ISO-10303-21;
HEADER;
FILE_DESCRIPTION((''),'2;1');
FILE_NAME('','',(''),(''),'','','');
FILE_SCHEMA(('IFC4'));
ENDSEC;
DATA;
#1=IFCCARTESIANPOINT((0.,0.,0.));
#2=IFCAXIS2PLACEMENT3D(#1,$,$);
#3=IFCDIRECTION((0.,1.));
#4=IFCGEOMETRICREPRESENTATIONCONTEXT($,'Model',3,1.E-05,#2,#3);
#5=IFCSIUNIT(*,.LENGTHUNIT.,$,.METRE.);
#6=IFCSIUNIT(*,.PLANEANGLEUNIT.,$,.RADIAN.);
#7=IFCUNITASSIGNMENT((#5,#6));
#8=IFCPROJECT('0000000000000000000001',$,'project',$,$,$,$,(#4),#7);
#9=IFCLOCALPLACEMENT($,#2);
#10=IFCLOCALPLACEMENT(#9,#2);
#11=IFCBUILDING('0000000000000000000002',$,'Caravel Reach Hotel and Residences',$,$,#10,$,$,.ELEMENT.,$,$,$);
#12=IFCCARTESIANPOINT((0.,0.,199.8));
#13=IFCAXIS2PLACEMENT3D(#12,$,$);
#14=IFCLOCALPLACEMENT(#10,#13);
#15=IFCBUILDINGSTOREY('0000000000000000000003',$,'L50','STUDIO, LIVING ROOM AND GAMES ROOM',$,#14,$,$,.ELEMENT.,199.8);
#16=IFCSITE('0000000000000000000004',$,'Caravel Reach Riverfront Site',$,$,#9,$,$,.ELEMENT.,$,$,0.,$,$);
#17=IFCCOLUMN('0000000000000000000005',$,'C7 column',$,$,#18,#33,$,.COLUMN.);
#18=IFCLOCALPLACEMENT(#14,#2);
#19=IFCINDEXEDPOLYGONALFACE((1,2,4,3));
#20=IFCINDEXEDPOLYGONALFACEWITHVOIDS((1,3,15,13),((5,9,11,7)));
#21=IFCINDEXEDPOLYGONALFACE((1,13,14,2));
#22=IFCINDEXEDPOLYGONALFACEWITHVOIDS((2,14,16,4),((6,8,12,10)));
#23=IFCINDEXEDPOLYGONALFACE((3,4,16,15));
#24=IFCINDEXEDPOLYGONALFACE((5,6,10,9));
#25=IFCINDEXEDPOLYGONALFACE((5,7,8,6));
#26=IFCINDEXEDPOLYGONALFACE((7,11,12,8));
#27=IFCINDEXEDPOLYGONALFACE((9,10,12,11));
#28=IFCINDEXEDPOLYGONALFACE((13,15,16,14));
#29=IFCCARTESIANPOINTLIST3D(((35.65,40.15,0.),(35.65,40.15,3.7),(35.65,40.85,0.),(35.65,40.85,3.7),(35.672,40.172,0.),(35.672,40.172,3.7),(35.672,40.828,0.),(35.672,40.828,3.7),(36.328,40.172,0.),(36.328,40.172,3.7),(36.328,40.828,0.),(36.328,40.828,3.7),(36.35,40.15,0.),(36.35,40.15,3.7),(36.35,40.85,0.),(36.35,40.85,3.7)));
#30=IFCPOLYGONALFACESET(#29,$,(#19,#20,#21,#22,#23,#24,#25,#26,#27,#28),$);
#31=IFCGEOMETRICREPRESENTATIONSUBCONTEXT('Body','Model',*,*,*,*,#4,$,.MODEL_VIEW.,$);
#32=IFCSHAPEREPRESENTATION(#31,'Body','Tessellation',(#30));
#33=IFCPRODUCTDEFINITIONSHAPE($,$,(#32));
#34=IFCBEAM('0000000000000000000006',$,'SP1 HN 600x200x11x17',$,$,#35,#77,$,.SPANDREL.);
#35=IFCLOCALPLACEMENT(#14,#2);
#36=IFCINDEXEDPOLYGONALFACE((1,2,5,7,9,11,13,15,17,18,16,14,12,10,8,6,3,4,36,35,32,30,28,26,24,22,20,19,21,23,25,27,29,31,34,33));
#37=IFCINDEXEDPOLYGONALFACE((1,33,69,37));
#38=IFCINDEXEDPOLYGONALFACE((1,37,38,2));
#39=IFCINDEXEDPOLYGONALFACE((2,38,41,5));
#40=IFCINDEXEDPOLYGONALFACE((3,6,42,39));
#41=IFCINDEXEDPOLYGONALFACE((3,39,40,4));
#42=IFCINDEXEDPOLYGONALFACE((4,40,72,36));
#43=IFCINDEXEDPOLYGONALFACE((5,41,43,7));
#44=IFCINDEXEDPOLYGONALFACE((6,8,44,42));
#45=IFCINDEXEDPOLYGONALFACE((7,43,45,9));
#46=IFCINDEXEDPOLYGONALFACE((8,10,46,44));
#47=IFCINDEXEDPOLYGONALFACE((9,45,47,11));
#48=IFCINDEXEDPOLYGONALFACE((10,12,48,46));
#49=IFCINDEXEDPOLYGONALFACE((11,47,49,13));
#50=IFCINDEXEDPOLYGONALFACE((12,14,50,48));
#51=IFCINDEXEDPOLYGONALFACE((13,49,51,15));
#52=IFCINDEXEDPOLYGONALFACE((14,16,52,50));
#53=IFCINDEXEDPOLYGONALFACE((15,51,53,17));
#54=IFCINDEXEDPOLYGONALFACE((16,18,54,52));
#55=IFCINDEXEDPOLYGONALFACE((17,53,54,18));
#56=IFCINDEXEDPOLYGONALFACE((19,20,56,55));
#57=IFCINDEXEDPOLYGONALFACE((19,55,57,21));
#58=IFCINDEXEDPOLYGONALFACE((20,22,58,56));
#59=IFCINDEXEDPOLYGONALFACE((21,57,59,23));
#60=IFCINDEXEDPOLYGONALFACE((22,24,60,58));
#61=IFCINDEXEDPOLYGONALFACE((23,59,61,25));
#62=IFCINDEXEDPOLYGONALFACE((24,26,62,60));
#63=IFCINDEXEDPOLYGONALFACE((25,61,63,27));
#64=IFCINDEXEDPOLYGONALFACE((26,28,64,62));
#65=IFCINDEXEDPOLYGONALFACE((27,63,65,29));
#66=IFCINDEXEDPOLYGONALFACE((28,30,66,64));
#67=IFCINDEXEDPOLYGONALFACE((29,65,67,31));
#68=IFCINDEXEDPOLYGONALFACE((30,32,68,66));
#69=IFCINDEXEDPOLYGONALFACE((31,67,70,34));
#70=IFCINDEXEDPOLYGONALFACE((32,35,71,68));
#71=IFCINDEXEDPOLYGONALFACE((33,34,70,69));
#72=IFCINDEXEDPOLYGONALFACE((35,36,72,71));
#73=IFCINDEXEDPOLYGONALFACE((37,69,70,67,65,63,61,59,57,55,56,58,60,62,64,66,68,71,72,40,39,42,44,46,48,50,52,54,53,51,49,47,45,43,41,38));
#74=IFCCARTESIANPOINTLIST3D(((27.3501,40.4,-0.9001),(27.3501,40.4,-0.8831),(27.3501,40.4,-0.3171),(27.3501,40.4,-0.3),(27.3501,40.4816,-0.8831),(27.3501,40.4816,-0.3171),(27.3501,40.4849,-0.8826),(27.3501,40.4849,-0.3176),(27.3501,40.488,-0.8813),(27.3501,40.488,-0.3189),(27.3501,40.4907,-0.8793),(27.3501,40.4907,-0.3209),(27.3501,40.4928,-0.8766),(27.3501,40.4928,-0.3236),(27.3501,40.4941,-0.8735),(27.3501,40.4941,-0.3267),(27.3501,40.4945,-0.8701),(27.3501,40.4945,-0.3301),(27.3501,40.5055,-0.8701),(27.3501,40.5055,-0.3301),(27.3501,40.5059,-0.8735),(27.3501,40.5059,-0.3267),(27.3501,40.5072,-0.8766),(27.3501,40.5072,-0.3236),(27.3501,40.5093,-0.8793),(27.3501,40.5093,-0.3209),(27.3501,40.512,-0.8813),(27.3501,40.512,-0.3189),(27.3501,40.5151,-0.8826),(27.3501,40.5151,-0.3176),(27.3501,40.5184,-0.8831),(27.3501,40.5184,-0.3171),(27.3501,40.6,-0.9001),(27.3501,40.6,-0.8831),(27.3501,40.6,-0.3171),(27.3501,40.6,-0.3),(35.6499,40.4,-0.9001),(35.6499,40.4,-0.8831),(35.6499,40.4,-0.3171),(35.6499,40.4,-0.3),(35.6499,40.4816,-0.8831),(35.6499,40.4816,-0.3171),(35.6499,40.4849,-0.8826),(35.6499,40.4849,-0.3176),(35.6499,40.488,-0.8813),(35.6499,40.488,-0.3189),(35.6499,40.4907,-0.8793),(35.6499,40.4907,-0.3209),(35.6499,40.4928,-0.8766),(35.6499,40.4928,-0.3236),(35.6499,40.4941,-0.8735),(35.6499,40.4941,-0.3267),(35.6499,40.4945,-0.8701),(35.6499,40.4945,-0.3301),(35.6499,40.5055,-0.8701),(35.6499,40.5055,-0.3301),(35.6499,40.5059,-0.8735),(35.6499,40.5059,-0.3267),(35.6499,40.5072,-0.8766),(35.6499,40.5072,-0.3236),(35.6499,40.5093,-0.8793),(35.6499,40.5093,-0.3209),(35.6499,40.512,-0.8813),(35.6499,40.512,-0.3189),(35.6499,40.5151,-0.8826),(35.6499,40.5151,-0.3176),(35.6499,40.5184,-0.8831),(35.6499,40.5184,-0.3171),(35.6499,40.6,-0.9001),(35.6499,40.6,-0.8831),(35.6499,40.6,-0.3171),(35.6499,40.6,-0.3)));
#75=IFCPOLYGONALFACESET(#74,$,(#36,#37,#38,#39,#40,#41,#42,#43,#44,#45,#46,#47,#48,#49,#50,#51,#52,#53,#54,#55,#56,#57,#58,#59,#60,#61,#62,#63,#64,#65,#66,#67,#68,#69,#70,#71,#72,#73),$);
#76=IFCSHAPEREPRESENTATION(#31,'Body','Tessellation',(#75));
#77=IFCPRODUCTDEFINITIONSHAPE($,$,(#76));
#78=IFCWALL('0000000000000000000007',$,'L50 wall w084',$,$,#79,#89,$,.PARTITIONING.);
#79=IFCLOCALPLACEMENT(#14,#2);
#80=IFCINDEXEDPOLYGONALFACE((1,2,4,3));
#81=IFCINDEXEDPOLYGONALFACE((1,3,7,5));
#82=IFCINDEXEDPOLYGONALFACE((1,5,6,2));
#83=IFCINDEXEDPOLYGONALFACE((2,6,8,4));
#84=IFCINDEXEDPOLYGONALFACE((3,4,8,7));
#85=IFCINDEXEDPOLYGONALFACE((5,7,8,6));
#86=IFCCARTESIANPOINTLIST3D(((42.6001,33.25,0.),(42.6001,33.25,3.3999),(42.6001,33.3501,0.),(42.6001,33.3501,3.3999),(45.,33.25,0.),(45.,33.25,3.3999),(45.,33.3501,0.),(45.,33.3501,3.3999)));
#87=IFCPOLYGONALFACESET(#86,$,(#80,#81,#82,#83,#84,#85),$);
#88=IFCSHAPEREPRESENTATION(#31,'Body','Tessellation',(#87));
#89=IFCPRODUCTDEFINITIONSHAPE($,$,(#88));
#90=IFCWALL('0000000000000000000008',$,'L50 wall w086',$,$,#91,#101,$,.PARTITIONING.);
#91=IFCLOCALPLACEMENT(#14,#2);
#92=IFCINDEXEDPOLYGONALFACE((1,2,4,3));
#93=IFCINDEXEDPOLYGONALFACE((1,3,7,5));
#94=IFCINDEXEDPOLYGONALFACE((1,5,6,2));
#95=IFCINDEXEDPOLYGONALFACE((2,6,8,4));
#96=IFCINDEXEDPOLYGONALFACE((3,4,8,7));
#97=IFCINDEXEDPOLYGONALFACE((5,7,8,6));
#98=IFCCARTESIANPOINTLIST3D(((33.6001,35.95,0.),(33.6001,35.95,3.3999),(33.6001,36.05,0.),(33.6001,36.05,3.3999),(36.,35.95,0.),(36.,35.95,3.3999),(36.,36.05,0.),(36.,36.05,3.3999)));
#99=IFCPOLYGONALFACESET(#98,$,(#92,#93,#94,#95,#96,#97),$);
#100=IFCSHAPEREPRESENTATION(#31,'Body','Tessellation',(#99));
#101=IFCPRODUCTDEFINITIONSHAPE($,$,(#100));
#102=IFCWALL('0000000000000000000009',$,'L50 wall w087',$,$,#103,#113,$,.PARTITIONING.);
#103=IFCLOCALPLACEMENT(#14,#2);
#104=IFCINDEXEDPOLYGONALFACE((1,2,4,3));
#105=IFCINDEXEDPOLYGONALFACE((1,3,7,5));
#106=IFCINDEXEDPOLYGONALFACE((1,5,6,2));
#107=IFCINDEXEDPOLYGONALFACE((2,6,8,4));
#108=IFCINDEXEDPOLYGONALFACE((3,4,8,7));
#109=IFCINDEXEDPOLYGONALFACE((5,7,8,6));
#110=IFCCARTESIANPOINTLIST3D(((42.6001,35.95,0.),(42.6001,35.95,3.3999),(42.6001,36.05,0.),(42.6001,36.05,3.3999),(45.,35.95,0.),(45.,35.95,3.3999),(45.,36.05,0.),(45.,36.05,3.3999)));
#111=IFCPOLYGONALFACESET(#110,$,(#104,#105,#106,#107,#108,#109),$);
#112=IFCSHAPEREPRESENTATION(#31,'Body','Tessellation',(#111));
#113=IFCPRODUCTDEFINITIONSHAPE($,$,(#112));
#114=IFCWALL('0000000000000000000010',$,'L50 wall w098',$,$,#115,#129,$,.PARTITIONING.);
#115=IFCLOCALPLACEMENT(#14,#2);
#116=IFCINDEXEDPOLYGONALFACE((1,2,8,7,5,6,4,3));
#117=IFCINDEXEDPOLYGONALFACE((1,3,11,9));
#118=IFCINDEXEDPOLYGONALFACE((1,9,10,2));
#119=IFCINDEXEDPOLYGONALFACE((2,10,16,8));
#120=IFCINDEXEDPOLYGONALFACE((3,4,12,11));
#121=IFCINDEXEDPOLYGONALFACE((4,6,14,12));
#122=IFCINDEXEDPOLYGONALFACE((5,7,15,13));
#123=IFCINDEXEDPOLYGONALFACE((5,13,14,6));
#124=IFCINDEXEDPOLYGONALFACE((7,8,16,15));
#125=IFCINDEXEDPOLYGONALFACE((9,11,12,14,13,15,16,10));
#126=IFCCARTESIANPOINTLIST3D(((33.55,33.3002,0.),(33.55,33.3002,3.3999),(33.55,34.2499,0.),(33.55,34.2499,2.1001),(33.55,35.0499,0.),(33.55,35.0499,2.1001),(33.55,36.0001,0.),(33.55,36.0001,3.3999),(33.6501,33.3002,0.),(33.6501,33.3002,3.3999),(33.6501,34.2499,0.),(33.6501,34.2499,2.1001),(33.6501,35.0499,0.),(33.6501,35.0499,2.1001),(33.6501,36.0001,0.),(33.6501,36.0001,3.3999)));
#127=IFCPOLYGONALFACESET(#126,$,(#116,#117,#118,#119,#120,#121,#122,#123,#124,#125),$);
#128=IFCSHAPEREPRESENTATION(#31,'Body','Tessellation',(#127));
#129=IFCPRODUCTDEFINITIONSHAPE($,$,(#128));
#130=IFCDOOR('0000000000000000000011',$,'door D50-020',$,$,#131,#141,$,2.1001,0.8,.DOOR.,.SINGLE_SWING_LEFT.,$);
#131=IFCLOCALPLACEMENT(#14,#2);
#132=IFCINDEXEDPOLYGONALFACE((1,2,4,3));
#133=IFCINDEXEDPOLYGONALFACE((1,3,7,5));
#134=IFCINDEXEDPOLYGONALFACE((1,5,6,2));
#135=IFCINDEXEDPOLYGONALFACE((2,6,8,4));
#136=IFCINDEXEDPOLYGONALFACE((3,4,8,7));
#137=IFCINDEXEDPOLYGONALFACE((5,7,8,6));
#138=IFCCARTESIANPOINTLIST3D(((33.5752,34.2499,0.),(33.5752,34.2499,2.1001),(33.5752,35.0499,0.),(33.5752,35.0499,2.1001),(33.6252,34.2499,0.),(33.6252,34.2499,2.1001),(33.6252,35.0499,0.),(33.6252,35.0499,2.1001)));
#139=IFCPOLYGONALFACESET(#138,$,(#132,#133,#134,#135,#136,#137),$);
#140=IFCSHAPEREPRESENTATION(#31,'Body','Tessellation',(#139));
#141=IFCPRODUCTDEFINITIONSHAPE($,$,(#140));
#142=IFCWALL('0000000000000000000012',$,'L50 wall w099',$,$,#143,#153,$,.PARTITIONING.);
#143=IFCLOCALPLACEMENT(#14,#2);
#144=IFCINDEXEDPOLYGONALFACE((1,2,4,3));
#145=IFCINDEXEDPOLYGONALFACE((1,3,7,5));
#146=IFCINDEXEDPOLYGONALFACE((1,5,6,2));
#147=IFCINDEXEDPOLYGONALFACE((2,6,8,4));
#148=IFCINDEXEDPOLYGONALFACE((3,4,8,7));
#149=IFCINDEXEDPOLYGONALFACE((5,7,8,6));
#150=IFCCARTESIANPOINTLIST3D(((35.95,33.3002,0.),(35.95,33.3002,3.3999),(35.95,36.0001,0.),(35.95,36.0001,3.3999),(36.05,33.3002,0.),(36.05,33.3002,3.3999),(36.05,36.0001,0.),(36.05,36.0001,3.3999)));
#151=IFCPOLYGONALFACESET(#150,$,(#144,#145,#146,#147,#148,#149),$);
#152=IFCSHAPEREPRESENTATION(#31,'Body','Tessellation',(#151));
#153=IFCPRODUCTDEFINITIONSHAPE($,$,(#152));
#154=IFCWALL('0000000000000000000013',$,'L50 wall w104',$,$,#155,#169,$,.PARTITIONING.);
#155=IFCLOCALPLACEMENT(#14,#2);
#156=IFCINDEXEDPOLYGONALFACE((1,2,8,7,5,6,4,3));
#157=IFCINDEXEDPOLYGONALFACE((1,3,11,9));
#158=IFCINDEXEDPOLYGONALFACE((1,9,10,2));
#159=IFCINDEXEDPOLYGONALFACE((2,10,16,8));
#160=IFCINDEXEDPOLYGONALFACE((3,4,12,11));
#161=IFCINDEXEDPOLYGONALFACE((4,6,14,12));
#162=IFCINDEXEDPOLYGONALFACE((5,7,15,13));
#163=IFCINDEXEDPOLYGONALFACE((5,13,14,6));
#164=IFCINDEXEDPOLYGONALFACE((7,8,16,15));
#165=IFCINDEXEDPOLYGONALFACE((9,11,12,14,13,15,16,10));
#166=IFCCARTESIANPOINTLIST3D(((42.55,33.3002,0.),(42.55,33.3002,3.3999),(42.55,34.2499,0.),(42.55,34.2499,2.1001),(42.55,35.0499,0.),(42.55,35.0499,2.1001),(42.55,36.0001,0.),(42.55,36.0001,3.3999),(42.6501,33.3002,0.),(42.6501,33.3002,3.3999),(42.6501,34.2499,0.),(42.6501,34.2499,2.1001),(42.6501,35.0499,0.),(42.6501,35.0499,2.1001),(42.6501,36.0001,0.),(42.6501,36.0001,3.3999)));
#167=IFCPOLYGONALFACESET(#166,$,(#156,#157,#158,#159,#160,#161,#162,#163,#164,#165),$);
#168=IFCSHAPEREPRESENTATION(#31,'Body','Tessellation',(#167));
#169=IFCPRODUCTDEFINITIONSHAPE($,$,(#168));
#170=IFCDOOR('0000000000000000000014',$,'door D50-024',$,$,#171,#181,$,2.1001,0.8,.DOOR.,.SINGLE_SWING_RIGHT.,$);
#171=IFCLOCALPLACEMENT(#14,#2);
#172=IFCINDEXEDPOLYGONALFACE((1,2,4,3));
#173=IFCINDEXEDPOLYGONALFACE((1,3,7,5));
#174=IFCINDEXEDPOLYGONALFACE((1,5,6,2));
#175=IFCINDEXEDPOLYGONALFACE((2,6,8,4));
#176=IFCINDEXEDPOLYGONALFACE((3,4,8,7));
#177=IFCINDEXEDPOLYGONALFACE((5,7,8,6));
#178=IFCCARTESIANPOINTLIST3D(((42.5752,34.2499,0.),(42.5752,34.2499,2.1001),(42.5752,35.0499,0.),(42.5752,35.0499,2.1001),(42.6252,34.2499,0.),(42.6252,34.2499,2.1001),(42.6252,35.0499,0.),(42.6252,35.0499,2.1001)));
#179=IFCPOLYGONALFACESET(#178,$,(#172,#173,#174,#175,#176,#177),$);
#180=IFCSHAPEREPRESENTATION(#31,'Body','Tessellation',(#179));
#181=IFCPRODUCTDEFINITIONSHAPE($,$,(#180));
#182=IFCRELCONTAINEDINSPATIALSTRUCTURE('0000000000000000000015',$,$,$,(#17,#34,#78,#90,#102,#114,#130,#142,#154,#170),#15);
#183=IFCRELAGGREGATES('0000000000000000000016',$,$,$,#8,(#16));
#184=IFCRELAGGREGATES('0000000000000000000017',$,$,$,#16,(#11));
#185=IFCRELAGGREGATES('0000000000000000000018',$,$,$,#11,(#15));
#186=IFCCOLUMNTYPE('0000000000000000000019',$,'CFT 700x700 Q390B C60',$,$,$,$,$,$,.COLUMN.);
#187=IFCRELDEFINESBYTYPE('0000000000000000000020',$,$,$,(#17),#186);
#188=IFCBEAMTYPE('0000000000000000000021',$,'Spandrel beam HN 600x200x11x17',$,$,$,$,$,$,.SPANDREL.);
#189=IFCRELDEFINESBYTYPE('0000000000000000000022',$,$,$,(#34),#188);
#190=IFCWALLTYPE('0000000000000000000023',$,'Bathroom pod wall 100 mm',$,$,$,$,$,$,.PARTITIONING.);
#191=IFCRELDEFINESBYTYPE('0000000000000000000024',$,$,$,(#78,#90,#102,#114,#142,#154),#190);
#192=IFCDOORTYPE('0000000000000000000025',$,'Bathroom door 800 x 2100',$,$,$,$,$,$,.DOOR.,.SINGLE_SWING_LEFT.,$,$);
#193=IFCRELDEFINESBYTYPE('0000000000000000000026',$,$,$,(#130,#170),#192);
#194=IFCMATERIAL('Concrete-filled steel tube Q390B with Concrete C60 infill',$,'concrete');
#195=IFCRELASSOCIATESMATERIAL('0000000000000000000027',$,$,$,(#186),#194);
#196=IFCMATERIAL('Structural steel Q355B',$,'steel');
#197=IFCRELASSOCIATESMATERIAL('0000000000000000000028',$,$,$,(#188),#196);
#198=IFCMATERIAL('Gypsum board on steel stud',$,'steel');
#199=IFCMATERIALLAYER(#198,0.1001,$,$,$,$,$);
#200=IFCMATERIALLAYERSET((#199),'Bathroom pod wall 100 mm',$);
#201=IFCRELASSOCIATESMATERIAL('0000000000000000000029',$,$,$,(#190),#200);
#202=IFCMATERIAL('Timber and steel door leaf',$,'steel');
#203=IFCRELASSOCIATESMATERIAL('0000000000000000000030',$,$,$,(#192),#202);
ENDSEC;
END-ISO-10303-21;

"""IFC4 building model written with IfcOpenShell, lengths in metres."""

from ifc_helpers import new_model, si_unit, direction, frame, frame_2d, origin, origin_2d, place, context, subcontext, project, spatial, rectangle, hollow_rectangle, i_section, extrude, material, layer, layer_set, material_profile, profile_set, type_object, element, fill, save


model = new_model("IFC4")

# Units and contexts
model_context = context("Model", 3, precision=1e-05, world=origin(), true_north=direction((0.0, 1.0)))
body_context = subcontext(model_context, "Body", "Model", "MODEL_VIEW")
ifc_project = project(units=[si_unit("LENGTHUNIT", "METRE"), si_unit("PLANEANGLEUNIT", "RADIAN")], contexts=[model_context])

# Site, building, storey
site_placement = place(None, origin())
site = spatial("IfcSite", under=ifc_project, at=site_placement, Name="Caravel Reach Riverfront Site", CompositionType="ELEMENT", RefElevation=0.0)
building_placement = place(site_placement, origin())
building = spatial("IfcBuilding", under=site, at=building_placement, Name="Caravel Reach Hotel and Residences", CompositionType="ELEMENT")
storey_placement = place(building_placement, frame((0.0, 0.0, 199.8)))
storey = spatial("IfcBuildingStorey", under=building, at=storey_placement, Name="L50", Description="STUDIO, LIVING ROOM AND GAMES ROOM", CompositionType="ELEMENT", Elevation=199.8)

# Column
ifc_material_1 = material(Name="Concrete-filled steel tube Q390B with Concrete C60 infill", Category="concrete")
ifc_material_profile_1 = material_profile(ifc_material_1, hollow_rectangle(XDim=0.7, YDim=0.7, WallThickness=0.022, at=origin_2d()), Name="RHS 700x700x22")
ifc_profile_set_1 = profile_set([ifc_material_profile_1], Name="Concrete-filled steel tube Q390B with Concrete C60 infill")
column_type = type_object("IfcColumnType", Name="CFT 700x700 Q390B C60", PredefinedType="COLUMN", material=ifc_profile_set_1)
column_placement = place(storey_placement, frame((36.0, 40.5, 0.0), z_axis=(0.0, 0.0, 1.0), x_axis=(1.0, 0.0, 0.0)))
element("IfcColumn", 1, at=column_placement, inside=storey, type_object=column_type, Name="C7 column", PredefinedType="COLUMN", context=body_context, shape_type="SweptSolid", body=[
    extrude(hollow_rectangle(XDim=0.7, YDim=0.7, WallThickness=0.022, at=origin_2d()), origin(), (0.0, 0.0, 1.0), 3.7),
])

# Beam
ifc_material_2 = material(Name="Structural steel Q355B", Category="steel")
ifc_material_profile_2 = material_profile(ifc_material_2, i_section(OverallWidth=0.2, OverallDepth=0.6001, WebThickness=0.011, FlangeThickness=0.0171, FilletRadius=0.0129, at=origin_2d()), Name="HN 600x200x11x17")
ifc_profile_set_2 = profile_set([ifc_material_profile_2], Name="Structural steel Q355B")
beam_type = type_object("IfcBeamType", Name="Spandrel beam HN 600x200x11x17", PredefinedType="SPANDREL", material=ifc_profile_set_2)
beam_placement = place(storey_placement, frame((35.6499, 40.5, -0.6001), z_axis=(-1.0, 0.0, 0.0), x_axis=(0.0, -1.0, 0.0)))
element("IfcBeam", 2, at=beam_placement, inside=storey, type_object=beam_type, Name="SP1 HN 600x200x11x17", PredefinedType="SPANDREL", context=body_context, shape_type="SweptSolid", body=[
    extrude(i_section(OverallWidth=0.2, OverallDepth=0.6001, WebThickness=0.011, FlangeThickness=0.0171, FilletRadius=0.0129, at=origin_2d()), origin(), (0.0, 0.0, 1.0), 8.2998),
])

# Walls
ifc_material_3 = material(Name="Gypsum board on steel stud", Category="steel")
ifc_layer_1 = layer(ifc_material_3, 0.1001)
ifc_layer_set_1 = layer_set([ifc_layer_1], Name="Bathroom pod wall 100 mm")
wall_type_1 = type_object("IfcWallType", Name="Bathroom pod wall 100 mm", PredefinedType="PARTITIONING", material=ifc_layer_set_1)
for number, where, z_axis, x_axis, name in (
    (3, (42.6001, 33.3, 0.0), (0.0, 0.0, 1.0), (1.0, 0.0, 0.0), "L50 wall w084"),
    (4, (33.6001, 36.0, 0.0), (0.0, 0.0, 1.0), (1.0, 0.0, 0.0), "L50 wall w086"),
    (5, (42.6001, 36.0, 0.0), (0.0, 0.0, 1.0), (1.0, 0.0, 0.0), "L50 wall w087"),
):
    element("IfcWall", number, at=place(storey_placement, frame(where, z_axis=z_axis, x_axis=x_axis)), inside=storey, type_object=wall_type_1, Name=name, PredefinedType="PARTITIONING", context=body_context, shape_type="SweptSolid", body=[
        extrude(rectangle(XDim=2.3999, YDim=0.1001, at=frame_2d((1.2, 0.0))), origin(), (0.0, 0.0, 1.0), 3.3999),
    ])

# Wall, opening, door
wall_1_placement = place(storey_placement, frame((33.6001, 33.3, 0.0), z_axis=(0.0, 0.0, 1.0), x_axis=(0.0, 1.0, 0.0)))
wall_1 = element("IfcWall", 6, at=wall_1_placement, inside=storey, type_object=wall_type_1, Name="L50 wall w098", PredefinedType="PARTITIONING", context=body_context, shape_type="SweptSolid", body=[
    extrude(rectangle(XDim=2.7, YDim=0.1001, at=frame_2d((1.3501, 0.0))), origin(), (0.0, 0.0, 1.0), 3.3999),
])
opening_1_placement = place(wall_1_placement, frame((0.95, 0.0, 0.0)))
opening_1 = element("IfcOpeningElement", 7, at=opening_1_placement, cuts=wall_1, PredefinedType="OPENING", context=body_context, shape_type="SweptSolid", body=[
    extrude(rectangle(XDim=0.8, YDim=2.1001, at=frame_2d((0.3999, 1.05))), frame((0.0, 0.0601, 0.0), z_axis=(0.0, -1.0, 0.0), x_axis=(1.0, 0.0, 0.0)), (0.0, 0.0, 1.0), 0.1201),
])
ifc_material_4 = material(Name="Timber and steel door leaf", Category="steel")
door_type_1 = type_object("IfcDoorType", Name="Bathroom door 800 x 2100", OperationType="SINGLE_SWING_LEFT", PredefinedType="DOOR", material=ifc_material_4)
door_1_placement = place(opening_1_placement, origin())
door_1 = element("IfcDoor", 8, at=door_1_placement, inside=storey, type_object=door_type_1, Name="door D50-020", OperationType="SINGLE_SWING_LEFT", OverallHeight=2.1001, OverallWidth=0.8, PredefinedType="DOOR", context=body_context, shape_type="SweptSolid", body=[
    extrude(rectangle(XDim=0.8, YDim=2.1001, at=frame_2d((0.3999, 1.05))), frame((0.0, 0.0249, 0.0), z_axis=(0.0, -1.0, 0.0), x_axis=(1.0, 0.0, 0.0)), (0.0, 0.0, 1.0), 0.05),
])
fill(opening_1, door_1)

# Wall
wall_2_placement = place(storey_placement, frame((36.0, 33.3, 0.0), z_axis=(0.0, 0.0, 1.0), x_axis=(0.0, 1.0, 0.0)))
element("IfcWall", 9, at=wall_2_placement, inside=storey, type_object=wall_type_1, Name="L50 wall w099", PredefinedType="PARTITIONING", context=body_context, shape_type="SweptSolid", body=[
    extrude(rectangle(XDim=2.7, YDim=0.1001, at=frame_2d((1.3501, 0.0))), origin(), (0.0, 0.0, 1.0), 3.3999),
])

# Wall, opening, door
wall_3_placement = place(storey_placement, frame((42.6001, 33.3, 0.0), z_axis=(0.0, 0.0, 1.0), x_axis=(0.0, 1.0, 0.0)))
wall_3 = element("IfcWall", 10, at=wall_3_placement, inside=storey, type_object=wall_type_1, Name="L50 wall w104", PredefinedType="PARTITIONING", context=body_context, shape_type="SweptSolid", body=[
    extrude(rectangle(XDim=2.7, YDim=0.1001, at=frame_2d((1.3501, 0.0))), origin(), (0.0, 0.0, 1.0), 3.3999),
])
opening_2_placement = place(wall_3_placement, frame((0.95, 0.0, 0.0)))
opening_2 = element("IfcOpeningElement", 11, at=opening_2_placement, cuts=wall_3, PredefinedType="OPENING", context=body_context, shape_type="SweptSolid", body=[
    extrude(rectangle(XDim=0.8, YDim=2.1001, at=frame_2d((0.3999, 1.05))), frame((0.0, 0.0601, 0.0), z_axis=(0.0, -1.0, 0.0), x_axis=(1.0, 0.0, 0.0)), (0.0, 0.0, 1.0), 0.1201),
])
door_2_placement = place(opening_2_placement, origin())
door_2 = element("IfcDoor", 12, at=door_2_placement, inside=storey, type_object=door_type_1, Name="door D50-024", OperationType="SINGLE_SWING_RIGHT", OverallHeight=2.1001, OverallWidth=0.8, PredefinedType="DOOR", context=body_context, shape_type="SweptSolid", body=[
    extrude(rectangle(XDim=0.8, YDim=2.1001, at=frame_2d((0.3999, 1.05))), frame((0.0, 0.0249, 0.0), z_axis=(0.0, -1.0, 0.0), x_axis=(1.0, 0.0, 0.0)), (0.0, 0.0, 1.0), 0.05),
])
fill(opening_2, door_2)

save(model, "model.ifc")
